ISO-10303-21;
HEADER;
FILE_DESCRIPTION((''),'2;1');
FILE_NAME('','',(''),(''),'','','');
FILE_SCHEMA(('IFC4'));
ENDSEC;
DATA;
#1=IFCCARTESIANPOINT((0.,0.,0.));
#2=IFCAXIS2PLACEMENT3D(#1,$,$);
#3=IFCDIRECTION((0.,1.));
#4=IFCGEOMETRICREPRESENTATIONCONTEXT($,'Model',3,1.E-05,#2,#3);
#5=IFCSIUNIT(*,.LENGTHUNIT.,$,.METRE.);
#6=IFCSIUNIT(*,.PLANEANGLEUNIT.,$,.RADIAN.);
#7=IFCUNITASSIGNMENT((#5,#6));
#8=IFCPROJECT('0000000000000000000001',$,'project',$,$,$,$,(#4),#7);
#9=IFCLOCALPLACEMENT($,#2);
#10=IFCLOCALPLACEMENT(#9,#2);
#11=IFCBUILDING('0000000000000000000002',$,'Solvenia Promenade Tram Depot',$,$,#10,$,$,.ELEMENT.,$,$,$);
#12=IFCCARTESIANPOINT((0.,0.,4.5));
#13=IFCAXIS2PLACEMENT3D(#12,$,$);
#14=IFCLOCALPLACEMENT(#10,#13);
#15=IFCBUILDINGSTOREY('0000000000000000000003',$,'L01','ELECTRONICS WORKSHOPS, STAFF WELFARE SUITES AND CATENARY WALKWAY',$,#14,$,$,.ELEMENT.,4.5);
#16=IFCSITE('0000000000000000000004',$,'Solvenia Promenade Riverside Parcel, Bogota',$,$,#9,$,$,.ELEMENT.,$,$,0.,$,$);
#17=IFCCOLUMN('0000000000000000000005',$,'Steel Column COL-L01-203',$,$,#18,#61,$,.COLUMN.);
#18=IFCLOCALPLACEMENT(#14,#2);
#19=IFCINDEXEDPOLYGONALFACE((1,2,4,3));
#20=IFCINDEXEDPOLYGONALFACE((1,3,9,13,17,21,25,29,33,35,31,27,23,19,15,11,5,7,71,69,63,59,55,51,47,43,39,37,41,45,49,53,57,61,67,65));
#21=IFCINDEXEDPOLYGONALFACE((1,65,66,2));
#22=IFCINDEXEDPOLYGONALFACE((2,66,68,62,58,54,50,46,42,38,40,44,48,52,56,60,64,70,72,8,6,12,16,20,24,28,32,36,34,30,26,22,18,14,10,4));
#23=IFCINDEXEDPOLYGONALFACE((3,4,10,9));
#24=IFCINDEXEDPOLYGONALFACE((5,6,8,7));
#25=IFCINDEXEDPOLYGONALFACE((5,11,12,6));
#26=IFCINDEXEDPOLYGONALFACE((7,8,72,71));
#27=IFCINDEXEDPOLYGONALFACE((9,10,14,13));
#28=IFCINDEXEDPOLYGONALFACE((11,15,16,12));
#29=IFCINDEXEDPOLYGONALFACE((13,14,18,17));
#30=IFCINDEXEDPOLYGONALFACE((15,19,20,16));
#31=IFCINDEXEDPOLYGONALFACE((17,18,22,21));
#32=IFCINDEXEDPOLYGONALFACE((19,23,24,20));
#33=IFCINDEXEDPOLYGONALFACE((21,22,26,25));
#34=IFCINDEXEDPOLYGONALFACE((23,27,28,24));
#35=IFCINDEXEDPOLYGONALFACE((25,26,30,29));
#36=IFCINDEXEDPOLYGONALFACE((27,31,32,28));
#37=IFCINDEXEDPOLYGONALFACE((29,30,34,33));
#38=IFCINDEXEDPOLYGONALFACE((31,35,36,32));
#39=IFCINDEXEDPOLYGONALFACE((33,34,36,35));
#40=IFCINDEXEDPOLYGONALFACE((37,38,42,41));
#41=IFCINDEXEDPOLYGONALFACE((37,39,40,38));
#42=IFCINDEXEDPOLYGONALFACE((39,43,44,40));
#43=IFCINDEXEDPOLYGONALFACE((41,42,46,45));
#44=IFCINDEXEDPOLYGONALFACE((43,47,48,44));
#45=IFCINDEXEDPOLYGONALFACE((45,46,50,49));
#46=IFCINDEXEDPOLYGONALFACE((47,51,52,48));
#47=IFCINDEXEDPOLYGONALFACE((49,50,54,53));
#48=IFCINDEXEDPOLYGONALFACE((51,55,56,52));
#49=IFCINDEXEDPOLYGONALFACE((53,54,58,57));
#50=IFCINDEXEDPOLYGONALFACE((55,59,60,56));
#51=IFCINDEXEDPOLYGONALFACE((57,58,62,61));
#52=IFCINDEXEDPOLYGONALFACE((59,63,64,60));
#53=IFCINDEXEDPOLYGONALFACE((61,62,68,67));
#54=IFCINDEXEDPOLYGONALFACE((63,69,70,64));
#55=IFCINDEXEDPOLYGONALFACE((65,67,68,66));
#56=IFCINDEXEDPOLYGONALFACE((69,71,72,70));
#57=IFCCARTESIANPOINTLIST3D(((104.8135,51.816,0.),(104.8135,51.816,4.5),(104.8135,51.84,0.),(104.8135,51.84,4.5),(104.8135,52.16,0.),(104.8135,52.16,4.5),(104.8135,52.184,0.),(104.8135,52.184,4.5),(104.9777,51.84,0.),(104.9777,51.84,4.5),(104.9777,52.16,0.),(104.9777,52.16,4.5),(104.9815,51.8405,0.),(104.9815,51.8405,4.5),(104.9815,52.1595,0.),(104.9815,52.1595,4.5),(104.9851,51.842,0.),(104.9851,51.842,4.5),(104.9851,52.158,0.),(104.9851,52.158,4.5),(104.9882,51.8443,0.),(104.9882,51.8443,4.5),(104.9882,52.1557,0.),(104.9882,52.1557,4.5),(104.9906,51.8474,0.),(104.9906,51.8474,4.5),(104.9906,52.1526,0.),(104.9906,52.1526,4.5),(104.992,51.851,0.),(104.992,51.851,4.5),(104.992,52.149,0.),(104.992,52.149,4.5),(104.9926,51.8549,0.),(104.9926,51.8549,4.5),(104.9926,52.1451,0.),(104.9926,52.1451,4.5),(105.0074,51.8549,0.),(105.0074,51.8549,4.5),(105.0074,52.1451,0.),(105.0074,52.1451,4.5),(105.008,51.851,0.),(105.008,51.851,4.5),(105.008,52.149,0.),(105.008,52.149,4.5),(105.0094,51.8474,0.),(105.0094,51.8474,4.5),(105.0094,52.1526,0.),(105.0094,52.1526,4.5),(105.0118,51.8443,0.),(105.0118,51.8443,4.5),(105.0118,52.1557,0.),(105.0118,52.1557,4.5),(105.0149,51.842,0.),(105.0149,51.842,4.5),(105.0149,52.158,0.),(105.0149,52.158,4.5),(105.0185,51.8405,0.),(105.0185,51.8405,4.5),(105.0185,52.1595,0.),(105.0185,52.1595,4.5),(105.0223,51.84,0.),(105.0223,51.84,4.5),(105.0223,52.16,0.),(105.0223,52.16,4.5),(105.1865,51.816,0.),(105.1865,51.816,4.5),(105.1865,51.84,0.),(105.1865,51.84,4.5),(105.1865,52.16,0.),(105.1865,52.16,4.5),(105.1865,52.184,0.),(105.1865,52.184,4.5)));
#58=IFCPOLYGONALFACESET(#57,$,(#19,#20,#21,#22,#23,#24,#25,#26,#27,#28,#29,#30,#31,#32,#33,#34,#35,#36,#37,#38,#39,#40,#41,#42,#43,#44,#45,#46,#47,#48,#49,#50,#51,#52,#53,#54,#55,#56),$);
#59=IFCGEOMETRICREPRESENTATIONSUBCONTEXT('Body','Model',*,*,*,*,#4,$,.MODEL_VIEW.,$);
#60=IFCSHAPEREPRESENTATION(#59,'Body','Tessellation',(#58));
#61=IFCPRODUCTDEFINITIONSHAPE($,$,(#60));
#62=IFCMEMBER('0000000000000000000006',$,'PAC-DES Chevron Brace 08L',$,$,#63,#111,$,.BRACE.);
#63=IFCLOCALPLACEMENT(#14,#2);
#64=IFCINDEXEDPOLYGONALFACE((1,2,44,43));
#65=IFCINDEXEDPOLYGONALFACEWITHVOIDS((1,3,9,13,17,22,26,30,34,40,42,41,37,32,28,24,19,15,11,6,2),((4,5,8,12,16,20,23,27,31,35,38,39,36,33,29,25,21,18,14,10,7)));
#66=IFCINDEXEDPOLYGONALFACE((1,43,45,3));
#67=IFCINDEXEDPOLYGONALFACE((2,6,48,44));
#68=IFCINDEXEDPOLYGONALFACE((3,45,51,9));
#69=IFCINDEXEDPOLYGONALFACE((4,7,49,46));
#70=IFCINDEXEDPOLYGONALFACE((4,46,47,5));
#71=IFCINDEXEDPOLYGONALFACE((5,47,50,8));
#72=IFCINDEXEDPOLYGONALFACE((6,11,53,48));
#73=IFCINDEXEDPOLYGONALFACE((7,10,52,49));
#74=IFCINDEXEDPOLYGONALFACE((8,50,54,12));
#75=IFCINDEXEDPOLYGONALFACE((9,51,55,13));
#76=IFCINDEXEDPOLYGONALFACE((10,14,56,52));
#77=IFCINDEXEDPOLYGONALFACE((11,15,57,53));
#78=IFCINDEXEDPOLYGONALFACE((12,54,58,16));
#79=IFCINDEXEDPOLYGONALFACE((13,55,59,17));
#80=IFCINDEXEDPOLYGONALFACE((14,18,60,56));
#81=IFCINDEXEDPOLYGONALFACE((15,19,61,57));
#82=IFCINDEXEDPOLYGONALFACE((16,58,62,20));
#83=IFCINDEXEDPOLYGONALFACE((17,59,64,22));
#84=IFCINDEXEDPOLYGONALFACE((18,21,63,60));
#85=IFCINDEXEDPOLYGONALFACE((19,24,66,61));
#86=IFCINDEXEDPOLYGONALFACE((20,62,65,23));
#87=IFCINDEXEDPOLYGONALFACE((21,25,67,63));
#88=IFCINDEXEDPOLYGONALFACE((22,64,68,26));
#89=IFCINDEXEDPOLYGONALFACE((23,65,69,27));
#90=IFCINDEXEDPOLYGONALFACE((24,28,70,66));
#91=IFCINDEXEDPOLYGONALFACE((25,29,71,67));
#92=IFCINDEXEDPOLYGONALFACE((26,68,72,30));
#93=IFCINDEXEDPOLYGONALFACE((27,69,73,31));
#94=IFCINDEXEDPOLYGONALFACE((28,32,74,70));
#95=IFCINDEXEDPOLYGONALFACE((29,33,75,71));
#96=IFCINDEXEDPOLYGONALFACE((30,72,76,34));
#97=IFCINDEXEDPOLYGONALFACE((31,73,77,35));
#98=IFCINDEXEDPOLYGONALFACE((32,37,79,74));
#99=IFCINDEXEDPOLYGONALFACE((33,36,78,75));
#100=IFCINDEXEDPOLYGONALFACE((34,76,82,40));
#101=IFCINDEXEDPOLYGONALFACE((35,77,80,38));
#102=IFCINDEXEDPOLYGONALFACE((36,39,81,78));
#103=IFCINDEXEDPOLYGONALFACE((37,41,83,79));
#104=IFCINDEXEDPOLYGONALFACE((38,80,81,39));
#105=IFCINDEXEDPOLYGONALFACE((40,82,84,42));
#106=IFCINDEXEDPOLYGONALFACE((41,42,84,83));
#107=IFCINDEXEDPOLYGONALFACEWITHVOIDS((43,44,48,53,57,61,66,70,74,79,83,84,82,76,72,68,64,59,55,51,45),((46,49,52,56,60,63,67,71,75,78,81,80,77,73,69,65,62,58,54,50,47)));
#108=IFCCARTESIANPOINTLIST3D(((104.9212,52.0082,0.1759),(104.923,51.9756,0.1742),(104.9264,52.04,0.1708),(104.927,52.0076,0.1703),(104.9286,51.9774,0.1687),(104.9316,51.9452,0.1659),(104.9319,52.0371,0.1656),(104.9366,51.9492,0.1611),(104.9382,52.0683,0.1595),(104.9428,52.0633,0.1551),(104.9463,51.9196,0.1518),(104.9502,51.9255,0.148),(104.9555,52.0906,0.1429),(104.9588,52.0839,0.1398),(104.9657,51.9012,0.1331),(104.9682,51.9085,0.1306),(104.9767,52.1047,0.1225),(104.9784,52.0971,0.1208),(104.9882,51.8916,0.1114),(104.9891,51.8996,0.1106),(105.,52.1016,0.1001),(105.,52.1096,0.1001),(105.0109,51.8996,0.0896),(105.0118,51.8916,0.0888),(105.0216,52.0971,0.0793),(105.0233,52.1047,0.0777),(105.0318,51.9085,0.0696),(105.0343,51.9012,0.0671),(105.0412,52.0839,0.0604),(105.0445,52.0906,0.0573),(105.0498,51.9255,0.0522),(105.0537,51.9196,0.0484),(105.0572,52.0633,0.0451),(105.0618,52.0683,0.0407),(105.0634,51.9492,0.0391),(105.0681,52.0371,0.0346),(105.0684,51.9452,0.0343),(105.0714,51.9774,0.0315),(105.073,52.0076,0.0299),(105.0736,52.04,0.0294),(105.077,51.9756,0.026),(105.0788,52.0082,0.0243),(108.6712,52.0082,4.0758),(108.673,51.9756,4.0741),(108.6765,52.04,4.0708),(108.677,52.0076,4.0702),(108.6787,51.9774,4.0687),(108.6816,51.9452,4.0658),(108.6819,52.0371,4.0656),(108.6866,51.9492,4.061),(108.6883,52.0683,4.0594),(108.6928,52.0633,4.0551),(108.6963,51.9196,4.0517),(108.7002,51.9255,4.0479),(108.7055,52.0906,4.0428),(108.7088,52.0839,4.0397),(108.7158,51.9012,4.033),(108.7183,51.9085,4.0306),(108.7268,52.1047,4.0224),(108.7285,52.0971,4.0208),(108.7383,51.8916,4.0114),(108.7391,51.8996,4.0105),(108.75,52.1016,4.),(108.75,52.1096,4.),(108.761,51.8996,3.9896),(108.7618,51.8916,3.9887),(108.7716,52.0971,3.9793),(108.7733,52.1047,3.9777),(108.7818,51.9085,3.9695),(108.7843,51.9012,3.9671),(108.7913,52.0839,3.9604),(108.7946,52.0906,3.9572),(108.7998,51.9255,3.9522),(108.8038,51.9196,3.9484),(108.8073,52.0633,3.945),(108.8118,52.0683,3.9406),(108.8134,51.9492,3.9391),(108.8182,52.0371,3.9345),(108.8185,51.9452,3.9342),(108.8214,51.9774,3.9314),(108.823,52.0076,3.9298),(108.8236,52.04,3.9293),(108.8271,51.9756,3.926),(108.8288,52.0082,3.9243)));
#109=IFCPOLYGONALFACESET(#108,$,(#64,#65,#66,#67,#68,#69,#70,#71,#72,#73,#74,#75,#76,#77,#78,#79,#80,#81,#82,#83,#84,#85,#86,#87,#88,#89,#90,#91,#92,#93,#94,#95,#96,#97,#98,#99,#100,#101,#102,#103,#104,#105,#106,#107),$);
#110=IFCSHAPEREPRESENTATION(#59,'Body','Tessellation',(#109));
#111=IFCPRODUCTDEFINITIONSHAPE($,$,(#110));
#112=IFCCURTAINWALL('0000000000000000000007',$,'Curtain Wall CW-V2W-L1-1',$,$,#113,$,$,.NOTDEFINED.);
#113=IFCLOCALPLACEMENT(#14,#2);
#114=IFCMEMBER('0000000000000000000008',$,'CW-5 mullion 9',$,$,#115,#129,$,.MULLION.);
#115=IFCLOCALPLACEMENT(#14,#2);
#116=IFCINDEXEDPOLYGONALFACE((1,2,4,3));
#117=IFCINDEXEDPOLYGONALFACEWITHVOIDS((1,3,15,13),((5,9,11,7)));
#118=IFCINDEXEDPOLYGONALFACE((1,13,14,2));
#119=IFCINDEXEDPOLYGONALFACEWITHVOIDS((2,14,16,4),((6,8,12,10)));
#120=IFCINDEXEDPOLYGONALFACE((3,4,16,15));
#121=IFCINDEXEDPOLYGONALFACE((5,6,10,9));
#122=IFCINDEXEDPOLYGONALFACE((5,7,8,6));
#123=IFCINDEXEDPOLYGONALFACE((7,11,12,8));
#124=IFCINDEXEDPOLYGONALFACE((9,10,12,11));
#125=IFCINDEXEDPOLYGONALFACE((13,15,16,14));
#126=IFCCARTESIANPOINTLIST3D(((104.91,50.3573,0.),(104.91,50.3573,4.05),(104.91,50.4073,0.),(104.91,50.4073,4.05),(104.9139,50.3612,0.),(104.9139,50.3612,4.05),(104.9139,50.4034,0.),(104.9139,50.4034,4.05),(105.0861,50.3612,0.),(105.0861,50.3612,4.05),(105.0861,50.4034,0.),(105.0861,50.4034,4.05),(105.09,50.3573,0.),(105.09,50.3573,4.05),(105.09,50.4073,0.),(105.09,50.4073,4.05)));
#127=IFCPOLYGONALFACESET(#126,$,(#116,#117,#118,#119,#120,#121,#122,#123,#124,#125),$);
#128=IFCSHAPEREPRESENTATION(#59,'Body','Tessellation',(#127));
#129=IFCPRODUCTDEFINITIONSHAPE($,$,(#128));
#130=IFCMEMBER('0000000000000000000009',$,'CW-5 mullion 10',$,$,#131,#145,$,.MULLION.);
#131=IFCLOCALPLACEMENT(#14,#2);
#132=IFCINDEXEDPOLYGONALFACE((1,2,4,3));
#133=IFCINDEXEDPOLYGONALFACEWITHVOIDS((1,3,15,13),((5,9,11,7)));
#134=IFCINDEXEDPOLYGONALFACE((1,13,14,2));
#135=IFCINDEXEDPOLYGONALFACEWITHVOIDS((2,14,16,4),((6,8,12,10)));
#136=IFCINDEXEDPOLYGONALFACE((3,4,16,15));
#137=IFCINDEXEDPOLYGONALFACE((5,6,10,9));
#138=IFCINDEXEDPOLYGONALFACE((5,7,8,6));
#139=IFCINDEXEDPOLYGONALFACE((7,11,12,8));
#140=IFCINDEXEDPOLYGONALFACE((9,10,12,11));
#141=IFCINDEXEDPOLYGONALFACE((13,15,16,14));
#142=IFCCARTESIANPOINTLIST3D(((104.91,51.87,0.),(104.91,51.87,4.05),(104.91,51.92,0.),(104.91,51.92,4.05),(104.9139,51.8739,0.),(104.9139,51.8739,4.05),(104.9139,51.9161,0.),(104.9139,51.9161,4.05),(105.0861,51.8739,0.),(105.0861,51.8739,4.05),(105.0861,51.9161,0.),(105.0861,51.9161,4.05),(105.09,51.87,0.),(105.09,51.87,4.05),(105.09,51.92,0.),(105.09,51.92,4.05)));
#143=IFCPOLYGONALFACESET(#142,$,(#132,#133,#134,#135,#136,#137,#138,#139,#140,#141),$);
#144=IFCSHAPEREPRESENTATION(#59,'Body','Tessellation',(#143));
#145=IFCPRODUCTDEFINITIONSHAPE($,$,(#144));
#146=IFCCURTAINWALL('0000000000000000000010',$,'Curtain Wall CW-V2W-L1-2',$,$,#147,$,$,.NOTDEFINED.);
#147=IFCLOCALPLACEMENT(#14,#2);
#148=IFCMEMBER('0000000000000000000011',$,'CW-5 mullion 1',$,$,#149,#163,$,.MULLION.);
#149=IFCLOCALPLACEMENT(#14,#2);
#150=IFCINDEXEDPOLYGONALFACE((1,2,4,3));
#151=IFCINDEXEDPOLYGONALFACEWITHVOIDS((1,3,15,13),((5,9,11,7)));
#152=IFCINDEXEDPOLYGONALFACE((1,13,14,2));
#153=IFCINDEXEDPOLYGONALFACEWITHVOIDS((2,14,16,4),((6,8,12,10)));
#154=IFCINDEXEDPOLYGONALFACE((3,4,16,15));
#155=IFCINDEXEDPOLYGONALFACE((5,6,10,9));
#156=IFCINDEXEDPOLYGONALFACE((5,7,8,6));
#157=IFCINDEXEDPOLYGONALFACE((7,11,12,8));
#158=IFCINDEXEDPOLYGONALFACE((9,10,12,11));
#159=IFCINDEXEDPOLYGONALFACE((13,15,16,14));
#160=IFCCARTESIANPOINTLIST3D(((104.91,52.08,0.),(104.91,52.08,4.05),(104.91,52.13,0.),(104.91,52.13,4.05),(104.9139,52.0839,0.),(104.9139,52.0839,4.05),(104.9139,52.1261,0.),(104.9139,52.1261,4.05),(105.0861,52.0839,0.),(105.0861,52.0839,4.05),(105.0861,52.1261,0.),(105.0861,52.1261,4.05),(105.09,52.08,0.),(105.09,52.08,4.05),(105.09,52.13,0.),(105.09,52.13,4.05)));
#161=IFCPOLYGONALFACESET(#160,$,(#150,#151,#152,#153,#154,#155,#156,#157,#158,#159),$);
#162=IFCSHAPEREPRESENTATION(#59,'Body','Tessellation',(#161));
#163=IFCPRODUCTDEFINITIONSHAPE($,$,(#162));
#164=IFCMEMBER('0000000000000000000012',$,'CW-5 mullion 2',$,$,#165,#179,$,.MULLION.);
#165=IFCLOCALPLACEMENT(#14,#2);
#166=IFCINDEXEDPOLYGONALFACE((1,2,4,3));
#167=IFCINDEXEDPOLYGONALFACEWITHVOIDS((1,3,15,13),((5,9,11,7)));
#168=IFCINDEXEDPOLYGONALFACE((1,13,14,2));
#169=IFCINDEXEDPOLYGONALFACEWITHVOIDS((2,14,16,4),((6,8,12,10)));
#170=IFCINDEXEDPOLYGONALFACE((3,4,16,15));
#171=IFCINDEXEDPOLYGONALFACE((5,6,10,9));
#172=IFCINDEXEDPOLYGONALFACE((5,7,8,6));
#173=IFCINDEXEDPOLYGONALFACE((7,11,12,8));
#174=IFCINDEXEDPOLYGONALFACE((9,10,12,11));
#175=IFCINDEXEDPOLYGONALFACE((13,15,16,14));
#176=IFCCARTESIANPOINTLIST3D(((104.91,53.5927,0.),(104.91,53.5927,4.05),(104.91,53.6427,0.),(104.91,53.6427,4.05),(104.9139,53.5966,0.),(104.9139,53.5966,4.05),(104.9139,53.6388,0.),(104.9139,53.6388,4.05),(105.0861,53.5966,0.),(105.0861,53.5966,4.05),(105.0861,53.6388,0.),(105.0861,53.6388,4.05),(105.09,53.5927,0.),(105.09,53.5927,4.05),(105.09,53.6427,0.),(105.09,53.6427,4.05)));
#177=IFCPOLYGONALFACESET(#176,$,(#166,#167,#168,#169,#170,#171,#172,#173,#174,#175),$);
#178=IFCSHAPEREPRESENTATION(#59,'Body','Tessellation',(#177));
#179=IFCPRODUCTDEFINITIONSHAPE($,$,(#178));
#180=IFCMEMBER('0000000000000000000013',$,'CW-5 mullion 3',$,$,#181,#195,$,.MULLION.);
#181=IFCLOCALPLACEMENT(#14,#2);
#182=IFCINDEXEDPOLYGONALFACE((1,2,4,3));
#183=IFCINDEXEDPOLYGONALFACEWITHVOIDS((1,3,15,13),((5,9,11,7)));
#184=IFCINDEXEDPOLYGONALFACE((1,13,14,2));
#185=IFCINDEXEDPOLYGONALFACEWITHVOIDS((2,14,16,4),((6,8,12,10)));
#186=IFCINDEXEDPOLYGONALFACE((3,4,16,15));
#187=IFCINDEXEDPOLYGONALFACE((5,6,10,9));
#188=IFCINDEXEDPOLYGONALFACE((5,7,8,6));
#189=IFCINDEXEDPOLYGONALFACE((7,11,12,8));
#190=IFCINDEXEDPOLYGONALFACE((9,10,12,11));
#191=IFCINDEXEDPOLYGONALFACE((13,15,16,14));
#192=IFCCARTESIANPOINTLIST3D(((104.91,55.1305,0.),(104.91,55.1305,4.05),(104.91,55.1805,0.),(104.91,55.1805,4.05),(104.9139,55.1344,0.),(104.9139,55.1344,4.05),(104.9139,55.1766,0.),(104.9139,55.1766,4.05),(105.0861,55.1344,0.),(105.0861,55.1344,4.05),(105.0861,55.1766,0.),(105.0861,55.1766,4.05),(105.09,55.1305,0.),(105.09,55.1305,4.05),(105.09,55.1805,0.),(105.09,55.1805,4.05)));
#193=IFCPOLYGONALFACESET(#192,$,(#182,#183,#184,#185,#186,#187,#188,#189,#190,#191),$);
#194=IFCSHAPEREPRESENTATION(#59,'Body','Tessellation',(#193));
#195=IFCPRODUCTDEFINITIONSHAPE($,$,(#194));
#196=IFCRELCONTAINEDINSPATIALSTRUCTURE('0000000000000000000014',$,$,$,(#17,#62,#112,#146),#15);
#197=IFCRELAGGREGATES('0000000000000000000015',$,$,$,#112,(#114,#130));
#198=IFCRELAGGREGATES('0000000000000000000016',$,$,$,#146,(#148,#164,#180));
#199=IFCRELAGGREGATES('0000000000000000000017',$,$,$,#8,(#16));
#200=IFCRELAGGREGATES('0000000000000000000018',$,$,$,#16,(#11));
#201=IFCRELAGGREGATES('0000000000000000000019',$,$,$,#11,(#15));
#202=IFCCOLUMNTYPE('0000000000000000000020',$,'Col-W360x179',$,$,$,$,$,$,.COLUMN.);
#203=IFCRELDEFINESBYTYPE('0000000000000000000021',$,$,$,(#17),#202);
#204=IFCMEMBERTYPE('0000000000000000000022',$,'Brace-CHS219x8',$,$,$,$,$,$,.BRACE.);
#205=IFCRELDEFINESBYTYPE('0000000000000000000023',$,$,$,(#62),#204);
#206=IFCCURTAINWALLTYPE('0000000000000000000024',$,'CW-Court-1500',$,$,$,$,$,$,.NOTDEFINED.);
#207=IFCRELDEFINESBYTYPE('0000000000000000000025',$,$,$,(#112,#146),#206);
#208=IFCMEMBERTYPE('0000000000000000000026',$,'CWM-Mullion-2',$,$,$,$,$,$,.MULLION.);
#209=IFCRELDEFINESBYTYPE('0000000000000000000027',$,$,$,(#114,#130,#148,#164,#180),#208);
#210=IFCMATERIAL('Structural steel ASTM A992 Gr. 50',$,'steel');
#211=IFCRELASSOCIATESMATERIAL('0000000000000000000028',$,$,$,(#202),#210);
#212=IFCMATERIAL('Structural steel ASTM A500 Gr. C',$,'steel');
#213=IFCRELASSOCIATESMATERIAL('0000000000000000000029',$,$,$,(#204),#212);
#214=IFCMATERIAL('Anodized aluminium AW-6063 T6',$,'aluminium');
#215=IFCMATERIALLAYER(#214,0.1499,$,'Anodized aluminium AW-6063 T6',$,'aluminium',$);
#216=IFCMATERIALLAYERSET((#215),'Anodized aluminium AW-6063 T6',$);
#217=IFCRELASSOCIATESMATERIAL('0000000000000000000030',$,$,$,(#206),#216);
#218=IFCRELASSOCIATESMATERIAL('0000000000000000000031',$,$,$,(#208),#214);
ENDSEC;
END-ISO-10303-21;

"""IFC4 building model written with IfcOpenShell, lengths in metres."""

from ifc_helpers import new_model, si_unit, direction, frame, origin, origin_2d, place, context, subcontext, project, spatial, hollow_rectangle, hollow_circle, i_section, extrude, material, layer, layer_set, material_profile, profile_set, type_object, element, aggregate, save


model = new_model("IFC4")

# Units and contexts
model_context = context("Model", 3, precision=1e-05, world=origin(), true_north=direction((0.0, 1.0)))
body_context = subcontext(model_context, "Body", "Model", "MODEL_VIEW")
ifc_project = project(units=[si_unit("LENGTHUNIT", "METRE"), si_unit("PLANEANGLEUNIT", "RADIAN")], contexts=[model_context])

# Site, building, storey
site_placement = place(None, origin())
site = spatial("IfcSite", under=ifc_project, at=site_placement, Name="Solvenia Promenade Riverside Parcel, Bogota", CompositionType="ELEMENT", RefElevation=0.0)
building_placement = place(site_placement, origin())
building = spatial("IfcBuilding", under=site, at=building_placement, Name="Solvenia Promenade Tram Depot", CompositionType="ELEMENT")
storey_placement = place(building_placement, frame((0.0, 0.0, 4.5)))
storey = spatial("IfcBuildingStorey", under=building, at=storey_placement, Name="L01", Description="ELECTRONICS WORKSHOPS, STAFF WELFARE SUITES AND CATENARY WALKWAY", CompositionType="ELEMENT", Elevation=4.5)

# Column
ifc_material_1 = material(Name="Structural steel ASTM A992 Gr. 50", Category="steel")
ifc_material_profile_1 = material_profile(ifc_material_1, i_section(OverallWidth=0.373, OverallDepth=0.3679, WebThickness=0.0149, FlangeThickness=0.0239, FilletRadius=0.0149, at=origin_2d()), Name="W360x179", Category="steel")
ifc_profile_set_1 = profile_set([ifc_material_profile_1], Name="Structural steel ASTM A992 Gr. 50")
column_type = type_object("IfcColumnType", Name="Col-W360x179", PredefinedType="COLUMN", material=ifc_profile_set_1)
column_placement = place(storey_placement, frame((105.0, 52.0, 0.0), z_axis=(0.0, 0.0, 1.0), x_axis=(1.0, 0.0, 0.0)))
element("IfcColumn", 1, at=column_placement, inside=storey, type_object=column_type, Name="Steel Column COL-L01-203", PredefinedType="COLUMN", context=body_context, shape_type="SweptSolid", body=[
    extrude(i_section(OverallWidth=0.373, OverallDepth=0.3679, WebThickness=0.0149, FlangeThickness=0.0239, FilletRadius=0.0149, at=origin_2d()), origin(), (0.0, 0.0, 1.0), 4.5),
])

# Member
ifc_material_2 = material(Name="Structural steel ASTM A500 Gr. C", Category="steel")
ifc_material_profile_2 = material_profile(ifc_material_2, hollow_circle(Radius=0.1096, WallThickness=0.0081, at=origin_2d()), Name="CHS219.1x8", Category="steel")
ifc_profile_set_2 = profile_set([ifc_material_profile_2], Name="Structural steel ASTM A500 Gr. C")
member_type_1 = type_object("IfcMemberType", Name="Brace-CHS219x8", PredefinedType="BRACE", material=ifc_profile_set_2)
member_1_placement = place(storey_placement, frame((105.0, 52.0, 0.1001), z_axis=(0.693118, 0.0, 0.720824), x_axis=(0.0, 1.0, 0.0)))
element("IfcMember", 2, at=member_1_placement, inside=storey, type_object=member_type_1, Name="PAC-DES Chevron Brace 08L", PredefinedType="BRACE", context=body_context, shape_type="SweptSolid", body=[
    extrude(hollow_circle(Radius=0.1096, WallThickness=0.0081, at=origin_2d()), origin(), (0.0, 0.0, 1.0), 5.4104),
])

# Curtain walls, members
ifc_material_3 = material(Name="Anodized aluminium AW-6063 T6", Category="aluminium")
ifc_layer_1 = layer(ifc_material_3, 0.1499, Name="Anodized aluminium AW-6063 T6", Category="aluminium")
ifc_layer_set_1 = layer_set([ifc_layer_1], Name="Anodized aluminium AW-6063 T6")
curtain_wall_type = type_object("IfcCurtainWallType", Name="CW-Court-1500", PredefinedType="NOTDEFINED", material=ifc_layer_set_1)
curtain_wall_1_placement = place(storey_placement, origin())
curtain_wall_1 = element("IfcCurtainWall", 3, at=curtain_wall_1_placement, inside=storey, type_object=curtain_wall_type, Name="Curtain Wall CW-V2W-L1-1", PredefinedType="NOTDEFINED")
ifc_material_profile_3 = material_profile(ifc_material_3, hollow_rectangle(XDim=0.1799, YDim=0.05, WallThickness=0.0039, at=origin_2d()), Name="ALU-M2", Category="aluminium")
ifc_profile_set_3 = profile_set([ifc_material_profile_3], Name="Anodized aluminium AW-6063 T6")
member_type_2 = type_object("IfcMemberType", Name="CWM-Mullion-2", PredefinedType="MULLION", material=ifc_profile_set_3)
member_2_placement = place(storey_placement, frame((105.0, 50.3823, 0.0), z_axis=(0.0, 0.0, 1.0), x_axis=(-1.0, 0.0, 0.0)))
member_2 = element("IfcMember", 4, at=member_2_placement, type_object=member_type_2, Name="CW-5 mullion 9", PredefinedType="MULLION", context=body_context, shape_type="SweptSolid", body=[
    extrude(hollow_rectangle(XDim=0.1799, YDim=0.05, WallThickness=0.0039, at=origin_2d()), origin(), (0.0, 0.0, 1.0), 4.05),
])
member_3_placement = place(storey_placement, frame((105.0, 51.895, 0.0), z_axis=(0.0, 0.0, 1.0), x_axis=(-1.0, 0.0, 0.0)))
member_3 = element("IfcMember", 5, at=member_3_placement, type_object=member_type_2, Name="CW-5 mullion 10", PredefinedType="MULLION", context=body_context, shape_type="SweptSolid", body=[
    extrude(hollow_rectangle(XDim=0.1799, YDim=0.05, WallThickness=0.0039, at=origin_2d()), origin(), (0.0, 0.0, 1.0), 4.05),
])
curtain_wall_2_placement = place(storey_placement, origin())
curtain_wall_2 = element("IfcCurtainWall", 6, at=curtain_wall_2_placement, inside=storey, type_object=curtain_wall_type, Name="Curtain Wall CW-V2W-L1-2", PredefinedType="NOTDEFINED")
member_4_placement = place(storey_placement, frame((105.0, 52.105, 0.0), z_axis=(0.0, 0.0, 1.0), x_axis=(-1.0, 0.0, 0.0)))
member_4 = element("IfcMember", 7, at=member_4_placement, type_object=member_type_2, Name="CW-5 mullion 1", PredefinedType="MULLION", context=body_context, shape_type="SweptSolid", body=[
    extrude(hollow_rectangle(XDim=0.1799, YDim=0.05, WallThickness=0.0039, at=origin_2d()), origin(), (0.0, 0.0, 1.0), 4.05),
])
member_5_placement = place(storey_placement, frame((105.0, 53.6177, 0.0), z_axis=(0.0, 0.0, 1.0), x_axis=(-1.0, 0.0, 0.0)))
member_5 = element("IfcMember", 8, at=member_5_placement, type_object=member_type_2, Name="CW-5 mullion 2", PredefinedType="MULLION", context=body_context, shape_type="SweptSolid", body=[
    extrude(hollow_rectangle(XDim=0.1799, YDim=0.05, WallThickness=0.0039, at=origin_2d()), origin(), (0.0, 0.0, 1.0), 4.05),
])
member_6_placement = place(storey_placement, frame((105.0, 55.1555, 0.0), z_axis=(0.0, 0.0, 1.0), x_axis=(-1.0, 0.0, 0.0)))
member_6 = element("IfcMember", 9, at=member_6_placement, type_object=member_type_2, Name="CW-5 mullion 3", PredefinedType="MULLION", context=body_context, shape_type="SweptSolid", body=[
    extrude(hollow_rectangle(XDim=0.1799, YDim=0.05, WallThickness=0.0039, at=origin_2d()), origin(), (0.0, 0.0, 1.0), 4.05),
])

aggregate(curtain_wall_1, [member_2, member_3])
aggregate(curtain_wall_2, [member_4, member_5, member_6])

save(model, "model.ifc")
